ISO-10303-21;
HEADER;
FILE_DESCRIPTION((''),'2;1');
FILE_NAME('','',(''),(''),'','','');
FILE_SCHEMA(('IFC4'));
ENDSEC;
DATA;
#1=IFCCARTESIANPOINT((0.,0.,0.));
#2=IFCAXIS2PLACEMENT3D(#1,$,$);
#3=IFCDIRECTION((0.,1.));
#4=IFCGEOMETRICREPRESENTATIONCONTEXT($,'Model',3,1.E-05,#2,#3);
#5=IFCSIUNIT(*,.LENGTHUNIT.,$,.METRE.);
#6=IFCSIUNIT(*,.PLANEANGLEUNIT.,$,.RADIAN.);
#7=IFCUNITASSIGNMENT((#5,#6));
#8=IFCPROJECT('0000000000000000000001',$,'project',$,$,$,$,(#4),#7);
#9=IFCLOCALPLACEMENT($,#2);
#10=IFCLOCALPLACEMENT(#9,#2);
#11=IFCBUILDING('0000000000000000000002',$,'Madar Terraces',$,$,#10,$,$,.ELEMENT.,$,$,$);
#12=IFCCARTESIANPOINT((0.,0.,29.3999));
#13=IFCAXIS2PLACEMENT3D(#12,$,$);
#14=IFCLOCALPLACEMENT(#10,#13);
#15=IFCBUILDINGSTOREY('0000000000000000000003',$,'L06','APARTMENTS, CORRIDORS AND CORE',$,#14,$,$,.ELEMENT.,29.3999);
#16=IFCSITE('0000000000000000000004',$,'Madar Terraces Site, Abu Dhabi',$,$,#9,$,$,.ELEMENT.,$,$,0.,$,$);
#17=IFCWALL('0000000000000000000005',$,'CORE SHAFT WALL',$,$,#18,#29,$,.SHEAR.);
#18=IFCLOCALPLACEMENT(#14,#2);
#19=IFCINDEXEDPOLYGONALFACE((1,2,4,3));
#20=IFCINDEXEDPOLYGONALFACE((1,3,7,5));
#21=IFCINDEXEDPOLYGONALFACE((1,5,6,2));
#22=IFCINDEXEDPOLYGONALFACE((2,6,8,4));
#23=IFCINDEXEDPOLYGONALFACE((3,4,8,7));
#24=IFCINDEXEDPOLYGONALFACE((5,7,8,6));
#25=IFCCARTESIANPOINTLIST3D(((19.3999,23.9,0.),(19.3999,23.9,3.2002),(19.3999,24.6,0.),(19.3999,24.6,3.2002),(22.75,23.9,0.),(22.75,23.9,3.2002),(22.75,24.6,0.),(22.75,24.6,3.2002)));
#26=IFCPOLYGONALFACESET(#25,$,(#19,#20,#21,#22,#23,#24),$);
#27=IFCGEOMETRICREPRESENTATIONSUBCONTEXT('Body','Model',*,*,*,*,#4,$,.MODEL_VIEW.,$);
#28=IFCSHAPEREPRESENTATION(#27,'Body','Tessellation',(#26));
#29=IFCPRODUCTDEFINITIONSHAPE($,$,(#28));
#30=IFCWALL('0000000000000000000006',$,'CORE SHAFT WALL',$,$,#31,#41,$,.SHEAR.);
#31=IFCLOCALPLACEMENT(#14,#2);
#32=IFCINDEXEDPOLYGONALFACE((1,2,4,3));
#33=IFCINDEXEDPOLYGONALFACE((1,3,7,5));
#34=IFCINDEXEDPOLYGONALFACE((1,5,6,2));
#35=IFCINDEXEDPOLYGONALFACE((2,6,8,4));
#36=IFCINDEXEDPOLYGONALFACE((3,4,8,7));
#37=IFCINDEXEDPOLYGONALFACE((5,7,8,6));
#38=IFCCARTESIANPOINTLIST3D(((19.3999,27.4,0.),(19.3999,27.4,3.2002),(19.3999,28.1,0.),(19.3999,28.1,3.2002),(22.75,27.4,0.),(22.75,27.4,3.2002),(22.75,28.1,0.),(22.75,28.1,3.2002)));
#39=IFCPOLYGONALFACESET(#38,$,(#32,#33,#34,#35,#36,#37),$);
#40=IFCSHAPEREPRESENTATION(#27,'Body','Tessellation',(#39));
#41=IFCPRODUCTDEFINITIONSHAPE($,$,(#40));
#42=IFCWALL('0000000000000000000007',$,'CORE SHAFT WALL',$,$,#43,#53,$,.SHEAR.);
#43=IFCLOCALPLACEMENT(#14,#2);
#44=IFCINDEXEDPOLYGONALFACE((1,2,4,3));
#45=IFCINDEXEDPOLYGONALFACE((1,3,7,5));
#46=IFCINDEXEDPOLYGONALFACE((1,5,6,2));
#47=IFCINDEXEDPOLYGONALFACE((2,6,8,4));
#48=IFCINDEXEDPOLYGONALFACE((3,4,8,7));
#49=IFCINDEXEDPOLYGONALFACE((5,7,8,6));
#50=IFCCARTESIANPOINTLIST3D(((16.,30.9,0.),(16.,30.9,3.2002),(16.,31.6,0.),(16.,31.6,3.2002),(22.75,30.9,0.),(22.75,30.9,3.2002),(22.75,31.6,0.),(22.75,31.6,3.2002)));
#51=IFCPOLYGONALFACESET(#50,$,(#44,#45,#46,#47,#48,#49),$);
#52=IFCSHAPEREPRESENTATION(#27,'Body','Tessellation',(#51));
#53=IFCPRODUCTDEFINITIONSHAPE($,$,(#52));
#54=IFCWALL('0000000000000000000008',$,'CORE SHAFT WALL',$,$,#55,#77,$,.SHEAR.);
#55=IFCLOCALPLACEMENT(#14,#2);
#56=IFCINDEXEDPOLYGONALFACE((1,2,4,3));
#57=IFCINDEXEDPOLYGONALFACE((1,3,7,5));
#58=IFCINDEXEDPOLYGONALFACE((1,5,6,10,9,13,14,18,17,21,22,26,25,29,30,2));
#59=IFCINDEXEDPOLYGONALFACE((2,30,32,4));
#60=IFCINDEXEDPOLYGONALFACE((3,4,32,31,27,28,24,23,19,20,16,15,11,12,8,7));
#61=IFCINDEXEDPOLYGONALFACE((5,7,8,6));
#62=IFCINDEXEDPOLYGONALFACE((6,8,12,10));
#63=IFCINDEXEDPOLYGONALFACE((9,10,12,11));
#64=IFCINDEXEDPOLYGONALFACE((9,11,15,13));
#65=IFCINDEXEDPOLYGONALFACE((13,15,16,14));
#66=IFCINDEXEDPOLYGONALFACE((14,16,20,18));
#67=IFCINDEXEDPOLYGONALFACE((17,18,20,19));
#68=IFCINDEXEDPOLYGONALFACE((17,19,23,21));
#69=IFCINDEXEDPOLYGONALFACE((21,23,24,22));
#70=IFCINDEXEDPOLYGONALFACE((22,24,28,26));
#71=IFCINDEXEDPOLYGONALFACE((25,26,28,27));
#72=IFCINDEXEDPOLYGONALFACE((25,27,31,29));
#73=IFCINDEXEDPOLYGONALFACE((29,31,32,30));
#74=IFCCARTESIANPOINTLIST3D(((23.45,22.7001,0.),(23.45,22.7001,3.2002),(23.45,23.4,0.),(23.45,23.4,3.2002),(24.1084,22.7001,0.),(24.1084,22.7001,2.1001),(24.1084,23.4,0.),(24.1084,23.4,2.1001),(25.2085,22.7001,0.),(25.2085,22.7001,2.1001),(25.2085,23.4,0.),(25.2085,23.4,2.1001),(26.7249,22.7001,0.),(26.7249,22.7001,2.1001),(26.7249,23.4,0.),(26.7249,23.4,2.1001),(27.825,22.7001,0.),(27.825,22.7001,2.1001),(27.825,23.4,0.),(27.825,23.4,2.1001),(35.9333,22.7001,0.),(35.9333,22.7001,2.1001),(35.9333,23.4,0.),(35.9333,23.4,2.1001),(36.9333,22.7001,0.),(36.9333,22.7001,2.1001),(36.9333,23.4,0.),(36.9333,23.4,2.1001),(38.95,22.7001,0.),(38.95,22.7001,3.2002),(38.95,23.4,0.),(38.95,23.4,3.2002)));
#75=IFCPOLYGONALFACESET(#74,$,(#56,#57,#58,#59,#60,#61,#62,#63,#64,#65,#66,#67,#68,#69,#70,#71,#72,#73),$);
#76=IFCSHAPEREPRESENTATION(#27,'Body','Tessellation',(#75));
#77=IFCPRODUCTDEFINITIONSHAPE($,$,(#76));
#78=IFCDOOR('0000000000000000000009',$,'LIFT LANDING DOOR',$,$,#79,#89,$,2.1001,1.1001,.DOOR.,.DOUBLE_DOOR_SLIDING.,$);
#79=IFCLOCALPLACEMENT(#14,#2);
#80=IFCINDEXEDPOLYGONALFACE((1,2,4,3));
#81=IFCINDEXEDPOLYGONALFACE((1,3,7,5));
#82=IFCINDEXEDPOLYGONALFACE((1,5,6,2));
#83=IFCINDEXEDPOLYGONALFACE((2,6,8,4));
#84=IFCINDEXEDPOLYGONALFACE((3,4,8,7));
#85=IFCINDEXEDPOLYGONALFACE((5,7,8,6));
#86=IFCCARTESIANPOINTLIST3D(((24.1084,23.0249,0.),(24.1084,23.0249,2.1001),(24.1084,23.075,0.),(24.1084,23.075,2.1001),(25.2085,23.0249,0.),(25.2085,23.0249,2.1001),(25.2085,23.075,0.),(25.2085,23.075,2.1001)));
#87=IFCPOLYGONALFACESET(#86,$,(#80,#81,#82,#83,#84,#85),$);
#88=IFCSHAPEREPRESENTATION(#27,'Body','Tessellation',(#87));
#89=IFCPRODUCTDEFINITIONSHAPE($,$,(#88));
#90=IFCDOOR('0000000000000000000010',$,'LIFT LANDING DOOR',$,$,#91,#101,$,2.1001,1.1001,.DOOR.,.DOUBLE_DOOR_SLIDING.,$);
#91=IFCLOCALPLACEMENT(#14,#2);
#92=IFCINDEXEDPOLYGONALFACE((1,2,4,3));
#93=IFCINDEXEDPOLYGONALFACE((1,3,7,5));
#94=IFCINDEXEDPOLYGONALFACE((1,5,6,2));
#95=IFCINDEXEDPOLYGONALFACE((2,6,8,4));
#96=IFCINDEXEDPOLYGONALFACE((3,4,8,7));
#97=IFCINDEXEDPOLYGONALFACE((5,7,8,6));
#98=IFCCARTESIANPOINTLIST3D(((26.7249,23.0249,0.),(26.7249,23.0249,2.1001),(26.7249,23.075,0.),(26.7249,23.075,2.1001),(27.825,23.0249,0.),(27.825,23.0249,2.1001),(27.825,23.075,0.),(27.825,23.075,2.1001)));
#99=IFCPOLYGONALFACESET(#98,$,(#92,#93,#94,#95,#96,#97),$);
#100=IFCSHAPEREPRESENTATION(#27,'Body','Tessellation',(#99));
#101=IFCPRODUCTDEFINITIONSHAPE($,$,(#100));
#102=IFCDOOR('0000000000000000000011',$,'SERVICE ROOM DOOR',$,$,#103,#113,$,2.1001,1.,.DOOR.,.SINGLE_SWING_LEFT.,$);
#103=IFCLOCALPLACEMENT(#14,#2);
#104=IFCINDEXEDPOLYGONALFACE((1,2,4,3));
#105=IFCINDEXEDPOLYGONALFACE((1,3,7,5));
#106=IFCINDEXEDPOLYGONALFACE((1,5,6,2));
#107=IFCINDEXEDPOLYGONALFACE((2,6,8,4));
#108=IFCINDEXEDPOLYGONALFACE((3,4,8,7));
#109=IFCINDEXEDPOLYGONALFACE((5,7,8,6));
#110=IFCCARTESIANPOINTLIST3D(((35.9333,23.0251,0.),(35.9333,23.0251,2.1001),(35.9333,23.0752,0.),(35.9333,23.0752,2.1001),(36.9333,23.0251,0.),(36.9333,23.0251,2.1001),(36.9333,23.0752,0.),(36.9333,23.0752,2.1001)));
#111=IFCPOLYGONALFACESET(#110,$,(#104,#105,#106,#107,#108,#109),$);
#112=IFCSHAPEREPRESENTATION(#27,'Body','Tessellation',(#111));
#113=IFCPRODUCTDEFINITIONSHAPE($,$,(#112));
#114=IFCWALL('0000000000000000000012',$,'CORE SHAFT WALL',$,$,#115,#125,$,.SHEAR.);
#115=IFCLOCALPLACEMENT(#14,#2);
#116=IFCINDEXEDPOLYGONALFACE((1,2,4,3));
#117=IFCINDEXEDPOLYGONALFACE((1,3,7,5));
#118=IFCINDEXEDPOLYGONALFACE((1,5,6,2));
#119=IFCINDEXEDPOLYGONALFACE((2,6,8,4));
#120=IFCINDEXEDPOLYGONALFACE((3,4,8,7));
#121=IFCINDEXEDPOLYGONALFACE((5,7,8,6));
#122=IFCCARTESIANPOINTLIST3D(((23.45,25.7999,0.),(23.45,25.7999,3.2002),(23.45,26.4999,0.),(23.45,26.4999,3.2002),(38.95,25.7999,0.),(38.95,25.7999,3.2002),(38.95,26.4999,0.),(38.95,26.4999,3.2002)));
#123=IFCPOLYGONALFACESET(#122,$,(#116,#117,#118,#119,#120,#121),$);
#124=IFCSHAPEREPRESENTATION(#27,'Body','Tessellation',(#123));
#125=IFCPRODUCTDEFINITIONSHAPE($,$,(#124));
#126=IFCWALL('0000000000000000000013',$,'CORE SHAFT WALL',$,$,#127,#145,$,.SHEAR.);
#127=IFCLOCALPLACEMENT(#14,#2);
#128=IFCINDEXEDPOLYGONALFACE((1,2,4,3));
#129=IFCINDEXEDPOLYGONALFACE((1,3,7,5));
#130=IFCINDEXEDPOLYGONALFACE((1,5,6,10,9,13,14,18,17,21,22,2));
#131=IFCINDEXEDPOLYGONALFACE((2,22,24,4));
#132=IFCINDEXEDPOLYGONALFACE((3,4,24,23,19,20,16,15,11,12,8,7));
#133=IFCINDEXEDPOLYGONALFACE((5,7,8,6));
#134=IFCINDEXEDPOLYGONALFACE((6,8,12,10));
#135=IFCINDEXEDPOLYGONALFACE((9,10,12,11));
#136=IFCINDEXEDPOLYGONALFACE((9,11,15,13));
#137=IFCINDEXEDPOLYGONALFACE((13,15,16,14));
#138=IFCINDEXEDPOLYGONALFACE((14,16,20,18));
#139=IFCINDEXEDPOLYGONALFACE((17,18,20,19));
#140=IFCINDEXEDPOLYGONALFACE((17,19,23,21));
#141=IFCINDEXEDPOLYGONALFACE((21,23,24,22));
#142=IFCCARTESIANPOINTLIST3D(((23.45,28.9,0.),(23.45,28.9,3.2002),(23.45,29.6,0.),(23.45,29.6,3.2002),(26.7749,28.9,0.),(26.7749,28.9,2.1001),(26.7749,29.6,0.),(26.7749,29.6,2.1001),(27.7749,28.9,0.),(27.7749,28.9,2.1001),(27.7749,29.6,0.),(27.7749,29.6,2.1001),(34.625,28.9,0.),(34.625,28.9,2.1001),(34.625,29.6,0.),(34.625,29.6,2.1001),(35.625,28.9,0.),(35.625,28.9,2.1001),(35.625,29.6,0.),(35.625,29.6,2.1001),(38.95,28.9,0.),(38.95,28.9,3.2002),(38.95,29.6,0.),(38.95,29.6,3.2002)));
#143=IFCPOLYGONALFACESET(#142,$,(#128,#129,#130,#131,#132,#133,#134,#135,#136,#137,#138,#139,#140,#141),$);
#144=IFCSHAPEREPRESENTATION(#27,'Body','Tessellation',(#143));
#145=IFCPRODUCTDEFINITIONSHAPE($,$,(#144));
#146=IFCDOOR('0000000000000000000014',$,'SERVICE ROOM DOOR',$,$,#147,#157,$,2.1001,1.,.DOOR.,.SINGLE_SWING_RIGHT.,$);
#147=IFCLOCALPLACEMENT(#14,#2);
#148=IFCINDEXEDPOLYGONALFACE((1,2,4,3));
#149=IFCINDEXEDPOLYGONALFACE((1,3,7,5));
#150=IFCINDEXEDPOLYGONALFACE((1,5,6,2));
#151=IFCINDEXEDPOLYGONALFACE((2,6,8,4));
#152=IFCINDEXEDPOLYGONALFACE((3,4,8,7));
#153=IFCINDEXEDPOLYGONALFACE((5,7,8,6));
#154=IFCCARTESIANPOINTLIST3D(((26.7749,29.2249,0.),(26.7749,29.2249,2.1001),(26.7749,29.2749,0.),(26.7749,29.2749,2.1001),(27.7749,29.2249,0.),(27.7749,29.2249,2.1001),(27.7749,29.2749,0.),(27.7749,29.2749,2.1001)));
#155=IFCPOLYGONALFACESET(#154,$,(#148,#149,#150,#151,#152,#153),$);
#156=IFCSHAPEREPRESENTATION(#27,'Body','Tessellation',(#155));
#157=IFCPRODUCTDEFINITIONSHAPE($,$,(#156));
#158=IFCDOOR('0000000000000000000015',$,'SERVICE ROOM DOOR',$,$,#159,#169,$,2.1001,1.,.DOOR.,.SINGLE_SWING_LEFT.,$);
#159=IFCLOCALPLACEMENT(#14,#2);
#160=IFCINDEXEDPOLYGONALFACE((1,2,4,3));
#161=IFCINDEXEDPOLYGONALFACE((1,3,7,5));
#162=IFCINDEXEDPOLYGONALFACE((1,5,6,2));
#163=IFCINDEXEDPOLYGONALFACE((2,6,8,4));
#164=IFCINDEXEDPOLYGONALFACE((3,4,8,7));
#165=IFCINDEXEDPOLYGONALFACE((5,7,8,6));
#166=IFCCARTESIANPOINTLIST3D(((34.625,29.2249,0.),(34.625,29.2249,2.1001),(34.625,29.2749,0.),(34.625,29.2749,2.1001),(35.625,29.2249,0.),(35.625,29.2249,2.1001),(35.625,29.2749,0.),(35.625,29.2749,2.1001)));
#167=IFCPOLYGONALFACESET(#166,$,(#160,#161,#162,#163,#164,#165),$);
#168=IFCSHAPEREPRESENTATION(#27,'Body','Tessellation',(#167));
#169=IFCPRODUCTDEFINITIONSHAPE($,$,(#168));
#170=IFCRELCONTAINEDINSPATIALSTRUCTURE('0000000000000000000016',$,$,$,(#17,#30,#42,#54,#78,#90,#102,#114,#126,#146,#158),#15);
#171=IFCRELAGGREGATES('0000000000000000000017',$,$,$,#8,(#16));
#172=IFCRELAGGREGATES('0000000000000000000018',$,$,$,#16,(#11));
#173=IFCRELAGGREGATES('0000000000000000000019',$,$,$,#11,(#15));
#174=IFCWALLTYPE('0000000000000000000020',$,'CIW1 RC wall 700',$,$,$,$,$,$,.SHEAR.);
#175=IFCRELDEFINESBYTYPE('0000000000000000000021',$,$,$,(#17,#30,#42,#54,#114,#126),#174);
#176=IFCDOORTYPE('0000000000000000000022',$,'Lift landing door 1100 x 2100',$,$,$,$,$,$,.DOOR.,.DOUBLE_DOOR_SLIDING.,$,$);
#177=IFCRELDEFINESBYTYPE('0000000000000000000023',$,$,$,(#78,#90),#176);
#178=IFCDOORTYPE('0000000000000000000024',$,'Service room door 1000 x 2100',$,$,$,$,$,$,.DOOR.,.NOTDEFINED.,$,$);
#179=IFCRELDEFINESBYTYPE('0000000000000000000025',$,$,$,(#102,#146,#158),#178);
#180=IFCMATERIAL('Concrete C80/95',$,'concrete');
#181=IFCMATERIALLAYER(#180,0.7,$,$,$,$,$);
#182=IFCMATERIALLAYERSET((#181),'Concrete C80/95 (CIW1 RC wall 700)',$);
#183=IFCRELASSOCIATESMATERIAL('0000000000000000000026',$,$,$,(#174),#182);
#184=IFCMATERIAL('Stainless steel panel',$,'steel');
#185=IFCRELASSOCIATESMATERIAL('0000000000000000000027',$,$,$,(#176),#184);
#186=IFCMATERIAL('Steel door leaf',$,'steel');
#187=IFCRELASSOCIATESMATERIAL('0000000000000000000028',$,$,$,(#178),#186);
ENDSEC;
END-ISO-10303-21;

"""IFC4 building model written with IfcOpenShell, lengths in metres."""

from ifc_helpers import new_model, si_unit, direction, frame, frame_2d, origin, place, context, subcontext, project, spatial, rectangle, extrude, material, layer, layer_set, type_object, element, fill, save


model = new_model("IFC4")

# Units and contexts
model_context = context("Model", 3, precision=1e-05, world=origin(), true_north=direction((0.0, 1.0)))
body_context = subcontext(model_context, "Body", "Model", "MODEL_VIEW")
ifc_project = project(units=[si_unit("LENGTHUNIT", "METRE"), si_unit("PLANEANGLEUNIT", "RADIAN")], contexts=[model_context])

# Site, building, storey
site_placement = place(None, origin())
site = spatial("IfcSite", under=ifc_project, at=site_placement, Name="Madar Terraces Site, Abu Dhabi", CompositionType="ELEMENT", RefElevation=0.0)
building_placement = place(site_placement, origin())
building = spatial("IfcBuilding", under=site, at=building_placement, Name="Madar Terraces", CompositionType="ELEMENT")
storey_placement = place(building_placement, frame((0.0, 0.0, 29.3999)))
storey = spatial("IfcBuildingStorey", under=building, at=storey_placement, Name="L06", Description="APARTMENTS, CORRIDORS AND CORE", CompositionType="ELEMENT", Elevation=29.3999)

# Walls
ifc_material_1 = material(Name="Concrete C80/95", Category="concrete")
ifc_layer_1 = layer(ifc_material_1, 0.7)
ifc_layer_set_1 = layer_set([ifc_layer_1], Name="Concrete C80/95 (CIW1 RC wall 700)")
wall_type_1 = type_object("IfcWallType", Name="CIW1 RC wall 700", PredefinedType="SHEAR", material=ifc_layer_set_1)
for number, where, z_axis, x_axis, name in (
    (1, (19.3999, 24.25, 0.0), (0.0, 0.0, 1.0), (1.0, 0.0, 0.0), "CORE SHAFT WALL"),
    (2, (19.3999, 27.75, 0.0), (0.0, 0.0, 1.0), (1.0, 0.0, 0.0), "CORE SHAFT WALL"),
):
    element("IfcWall", number, at=place(storey_placement, frame(where, z_axis=z_axis, x_axis=x_axis)), inside=storey, type_object=wall_type_1, Name=name, PredefinedType="SHEAR", context=body_context, shape_type="SweptSolid", body=[
        extrude(rectangle(XDim=3.3501, YDim=0.7, at=frame_2d((1.675, 0.0))), origin(), (0.0, 0.0, 1.0), 3.2002),
    ])
wall_1_placement = place(storey_placement, frame((16.0, 31.25, 0.0), z_axis=(0.0, 0.0, 1.0), x_axis=(1.0, 0.0, 0.0)))
element("IfcWall", 3, at=wall_1_placement, inside=storey, type_object=wall_type_1, Name="CORE SHAFT WALL", PredefinedType="SHEAR", context=body_context, shape_type="SweptSolid", body=[
    extrude(rectangle(XDim=6.75, YDim=0.7, at=frame_2d((3.375, 0.0))), origin(), (0.0, 0.0, 1.0), 3.2002),
])

# Wall, openings, doors
wall_2_placement = place(storey_placement, frame((23.45, 23.05, 0.0), z_axis=(0.0, 0.0, 1.0), x_axis=(1.0, 0.0, 0.0)))
wall_2 = element("IfcWall", 4, at=wall_2_placement, inside=storey, type_object=wall_type_1, Name="CORE SHAFT WALL", PredefinedType="SHEAR", context=body_context, shape_type="SweptSolid", body=[
    extrude(rectangle(XDim=15.5, YDim=0.7, at=frame_2d((7.75, 0.0))), origin(), (0.0, 0.0, 1.0), 3.2002),
])
opening_1_placement = place(wall_2_placement, frame((0.6584, 0.0, 0.0)))
opening_1 = element("IfcOpeningElement", 5, at=opening_1_placement, cuts=wall_2, PredefinedType="OPENING", context=body_context, shape_type="SweptSolid", body=[
    extrude(rectangle(XDim=1.1001, YDim=2.1001, at=frame_2d((0.55, 1.05))), frame((0.0, 0.3599, 0.0), z_axis=(0.0, -1.0, 0.0), x_axis=(1.0, 0.0, 0.0)), (0.0, 0.0, 1.0), 0.72),
])
opening_2_placement = place(wall_2_placement, frame((3.2749, 0.0, 0.0)))
opening_2 = element("IfcOpeningElement", 6, at=opening_2_placement, cuts=wall_2, PredefinedType="OPENING", context=body_context, shape_type="SweptSolid", body=[
    extrude(rectangle(XDim=1.1001, YDim=2.1001, at=frame_2d((0.55, 1.05))), frame((0.0, 0.3599, 0.0), z_axis=(0.0, -1.0, 0.0), x_axis=(1.0, 0.0, 0.0)), (0.0, 0.0, 1.0), 0.72),
])
opening_3_placement = place(wall_2_placement, frame((12.4834, 0.0, 0.0)))
opening_3 = element("IfcOpeningElement", 7, at=opening_3_placement, cuts=wall_2, PredefinedType="OPENING", context=body_context, shape_type="SweptSolid", body=[
    extrude(rectangle(XDim=1.0, YDim=2.1001, at=frame_2d((0.5, 1.05))), frame((0.0, 0.3599, 0.0), z_axis=(0.0, -1.0, 0.0), x_axis=(1.0, 0.0, 0.0)), (0.0, 0.0, 1.0), 0.72),
])
ifc_material_2 = material(Name="Stainless steel panel", Category="steel")
door_type_1 = type_object("IfcDoorType", Name="Lift landing door 1100 x 2100", OperationType="DOUBLE_DOOR_SLIDING", PredefinedType="DOOR", material=ifc_material_2)
door_1_placement = place(opening_1_placement, origin())
door_1 = element("IfcDoor", 8, at=door_1_placement, inside=storey, type_object=door_type_1, Name="LIFT LANDING DOOR", OperationType="DOUBLE_DOOR_SLIDING", OverallHeight=2.1001, OverallWidth=1.1001, PredefinedType="DOOR", context=body_context, shape_type="SweptSolid", body=[
    extrude(rectangle(XDim=1.1001, YDim=2.1001, at=frame_2d((0.55, 1.05))), frame((0.0, 0.0249, 0.0), z_axis=(0.0, -1.0, 0.0), x_axis=(1.0, 0.0, 0.0)), (0.0, 0.0, 1.0), 0.05),
])
fill(opening_1, door_1)
door_2_placement = place(opening_2_placement, origin())
door_2 = element("IfcDoor", 9, at=door_2_placement, inside=storey, type_object=door_type_1, Name="LIFT LANDING DOOR", OperationType="DOUBLE_DOOR_SLIDING", OverallHeight=2.1001, OverallWidth=1.1001, PredefinedType="DOOR", context=body_context, shape_type="SweptSolid", body=[
    extrude(rectangle(XDim=1.1001, YDim=2.1001, at=frame_2d((0.55, 1.05))), frame((0.0, 0.0249, 0.0), z_axis=(0.0, -1.0, 0.0), x_axis=(1.0, 0.0, 0.0)), (0.0, 0.0, 1.0), 0.05),
])
fill(opening_2, door_2)
ifc_material_3 = material(Name="Steel door leaf", Category="steel")
door_type_2 = type_object("IfcDoorType", Name="Service room door 1000 x 2100", OperationType="NOTDEFINED", PredefinedType="DOOR", material=ifc_material_3)
door_3_placement = place(opening_3_placement, frame((1.0, 0.0, 0.0), z_axis=(0.0, 0.0, 1.0), x_axis=(-1.0, 0.0, 0.0)))
door_3 = element("IfcDoor", 10, at=door_3_placement, inside=storey, type_object=door_type_2, Name="SERVICE ROOM DOOR", OperationType="SINGLE_SWING_LEFT", OverallHeight=2.1001, OverallWidth=1.0, PredefinedType="DOOR", context=body_context, shape_type="SweptSolid", body=[
    extrude(rectangle(XDim=1.0, YDim=2.1001, at=frame_2d((0.5, 1.05))), frame((0.0, 0.0249, 0.0), z_axis=(0.0, -1.0, 0.0), x_axis=(1.0, 0.0, 0.0)), (0.0, 0.0, 1.0), 0.05),
])
fill(opening_3, door_3)

# Wall
wall_3_placement = place(storey_placement, frame((23.45, 26.1499, 0.0), z_axis=(0.0, 0.0, 1.0), x_axis=(1.0, 0.0, 0.0)))
element("IfcWall", 11, at=wall_3_placement, inside=storey, type_object=wall_type_1, Name="CORE SHAFT WALL", PredefinedType="SHEAR", context=body_context, shape_type="SweptSolid", body=[
    extrude(rectangle(XDim=15.5, YDim=0.7, at=frame_2d((7.75, 0.0))), origin(), (0.0, 0.0, 1.0), 3.2002),
])

# Wall, openings, doors
wall_4_placement = place(storey_placement, frame((23.45, 29.25, 0.0), z_axis=(0.0, 0.0, 1.0), x_axis=(1.0, 0.0, 0.0)))
wall_4 = element("IfcWall", 12, at=wall_4_placement, inside=storey, type_object=wall_type_1, Name="CORE SHAFT WALL", PredefinedType="SHEAR", context=body_context, shape_type="SweptSolid", body=[
    extrude(rectangle(XDim=15.5, YDim=0.7, at=frame_2d((7.75, 0.0))), origin(), (0.0, 0.0, 1.0), 3.2002),
])
opening_4_placement = place(wall_4_placement, frame((3.325, 0.0, 0.0)))
opening_4 = element("IfcOpeningElement", 13, at=opening_4_placement, cuts=wall_4, PredefinedType="OPENING", context=body_context, shape_type="SweptSolid", body=[
    extrude(rectangle(XDim=1.0, YDim=2.1001, at=frame_2d((0.5, 1.05))), frame((0.0, 0.3599, 0.0), z_axis=(0.0, -1.0, 0.0), x_axis=(1.0, 0.0, 0.0)), (0.0, 0.0, 1.0), 0.72),
])
opening_5_placement = place(wall_4_placement, frame((11.175, 0.0, 0.0)))
opening_5 = element("IfcOpeningElement", 14, at=opening_5_placement, cuts=wall_4, PredefinedType="OPENING", context=body_context, shape_type="SweptSolid", body=[
    extrude(rectangle(XDim=1.0, YDim=2.1001, at=frame_2d((0.5, 1.05))), frame((0.0, 0.3599, 0.0), z_axis=(0.0, -1.0, 0.0), x_axis=(1.0, 0.0, 0.0)), (0.0, 0.0, 1.0), 0.72),
])
door_4_placement = place(opening_4_placement, origin())
door_4 = element("IfcDoor", 15, at=door_4_placement, inside=storey, type_object=door_type_2, Name="SERVICE ROOM DOOR", OperationType="SINGLE_SWING_RIGHT", OverallHeight=2.1001, OverallWidth=1.0, PredefinedType="DOOR", context=body_context, shape_type="SweptSolid", body=[
    extrude(rectangle(XDim=1.0, YDim=2.1001, at=frame_2d((0.5, 1.05))), frame((0.0, 0.0249, 0.0), z_axis=(0.0, -1.0, 0.0), x_axis=(1.0, 0.0, 0.0)), (0.0, 0.0, 1.0), 0.05),
])
fill(opening_4, door_4)
door_5_placement = place(opening_5_placement, origin())
door_5 = element("IfcDoor", 16, at=door_5_placement, inside=storey, type_object=door_type_2, Name="SERVICE ROOM DOOR", OperationType="SINGLE_SWING_LEFT", OverallHeight=2.1001, OverallWidth=1.0, PredefinedType="DOOR", context=body_context, shape_type="SweptSolid", body=[
    extrude(rectangle(XDim=1.0, YDim=2.1001, at=frame_2d((0.5, 1.05))), frame((0.0, 0.0249, 0.0), z_axis=(0.0, -1.0, 0.0), x_axis=(1.0, 0.0, 0.0)), (0.0, 0.0, 1.0), 0.05),
])
fill(opening_5, door_5)

save(model, "model.ifc")
